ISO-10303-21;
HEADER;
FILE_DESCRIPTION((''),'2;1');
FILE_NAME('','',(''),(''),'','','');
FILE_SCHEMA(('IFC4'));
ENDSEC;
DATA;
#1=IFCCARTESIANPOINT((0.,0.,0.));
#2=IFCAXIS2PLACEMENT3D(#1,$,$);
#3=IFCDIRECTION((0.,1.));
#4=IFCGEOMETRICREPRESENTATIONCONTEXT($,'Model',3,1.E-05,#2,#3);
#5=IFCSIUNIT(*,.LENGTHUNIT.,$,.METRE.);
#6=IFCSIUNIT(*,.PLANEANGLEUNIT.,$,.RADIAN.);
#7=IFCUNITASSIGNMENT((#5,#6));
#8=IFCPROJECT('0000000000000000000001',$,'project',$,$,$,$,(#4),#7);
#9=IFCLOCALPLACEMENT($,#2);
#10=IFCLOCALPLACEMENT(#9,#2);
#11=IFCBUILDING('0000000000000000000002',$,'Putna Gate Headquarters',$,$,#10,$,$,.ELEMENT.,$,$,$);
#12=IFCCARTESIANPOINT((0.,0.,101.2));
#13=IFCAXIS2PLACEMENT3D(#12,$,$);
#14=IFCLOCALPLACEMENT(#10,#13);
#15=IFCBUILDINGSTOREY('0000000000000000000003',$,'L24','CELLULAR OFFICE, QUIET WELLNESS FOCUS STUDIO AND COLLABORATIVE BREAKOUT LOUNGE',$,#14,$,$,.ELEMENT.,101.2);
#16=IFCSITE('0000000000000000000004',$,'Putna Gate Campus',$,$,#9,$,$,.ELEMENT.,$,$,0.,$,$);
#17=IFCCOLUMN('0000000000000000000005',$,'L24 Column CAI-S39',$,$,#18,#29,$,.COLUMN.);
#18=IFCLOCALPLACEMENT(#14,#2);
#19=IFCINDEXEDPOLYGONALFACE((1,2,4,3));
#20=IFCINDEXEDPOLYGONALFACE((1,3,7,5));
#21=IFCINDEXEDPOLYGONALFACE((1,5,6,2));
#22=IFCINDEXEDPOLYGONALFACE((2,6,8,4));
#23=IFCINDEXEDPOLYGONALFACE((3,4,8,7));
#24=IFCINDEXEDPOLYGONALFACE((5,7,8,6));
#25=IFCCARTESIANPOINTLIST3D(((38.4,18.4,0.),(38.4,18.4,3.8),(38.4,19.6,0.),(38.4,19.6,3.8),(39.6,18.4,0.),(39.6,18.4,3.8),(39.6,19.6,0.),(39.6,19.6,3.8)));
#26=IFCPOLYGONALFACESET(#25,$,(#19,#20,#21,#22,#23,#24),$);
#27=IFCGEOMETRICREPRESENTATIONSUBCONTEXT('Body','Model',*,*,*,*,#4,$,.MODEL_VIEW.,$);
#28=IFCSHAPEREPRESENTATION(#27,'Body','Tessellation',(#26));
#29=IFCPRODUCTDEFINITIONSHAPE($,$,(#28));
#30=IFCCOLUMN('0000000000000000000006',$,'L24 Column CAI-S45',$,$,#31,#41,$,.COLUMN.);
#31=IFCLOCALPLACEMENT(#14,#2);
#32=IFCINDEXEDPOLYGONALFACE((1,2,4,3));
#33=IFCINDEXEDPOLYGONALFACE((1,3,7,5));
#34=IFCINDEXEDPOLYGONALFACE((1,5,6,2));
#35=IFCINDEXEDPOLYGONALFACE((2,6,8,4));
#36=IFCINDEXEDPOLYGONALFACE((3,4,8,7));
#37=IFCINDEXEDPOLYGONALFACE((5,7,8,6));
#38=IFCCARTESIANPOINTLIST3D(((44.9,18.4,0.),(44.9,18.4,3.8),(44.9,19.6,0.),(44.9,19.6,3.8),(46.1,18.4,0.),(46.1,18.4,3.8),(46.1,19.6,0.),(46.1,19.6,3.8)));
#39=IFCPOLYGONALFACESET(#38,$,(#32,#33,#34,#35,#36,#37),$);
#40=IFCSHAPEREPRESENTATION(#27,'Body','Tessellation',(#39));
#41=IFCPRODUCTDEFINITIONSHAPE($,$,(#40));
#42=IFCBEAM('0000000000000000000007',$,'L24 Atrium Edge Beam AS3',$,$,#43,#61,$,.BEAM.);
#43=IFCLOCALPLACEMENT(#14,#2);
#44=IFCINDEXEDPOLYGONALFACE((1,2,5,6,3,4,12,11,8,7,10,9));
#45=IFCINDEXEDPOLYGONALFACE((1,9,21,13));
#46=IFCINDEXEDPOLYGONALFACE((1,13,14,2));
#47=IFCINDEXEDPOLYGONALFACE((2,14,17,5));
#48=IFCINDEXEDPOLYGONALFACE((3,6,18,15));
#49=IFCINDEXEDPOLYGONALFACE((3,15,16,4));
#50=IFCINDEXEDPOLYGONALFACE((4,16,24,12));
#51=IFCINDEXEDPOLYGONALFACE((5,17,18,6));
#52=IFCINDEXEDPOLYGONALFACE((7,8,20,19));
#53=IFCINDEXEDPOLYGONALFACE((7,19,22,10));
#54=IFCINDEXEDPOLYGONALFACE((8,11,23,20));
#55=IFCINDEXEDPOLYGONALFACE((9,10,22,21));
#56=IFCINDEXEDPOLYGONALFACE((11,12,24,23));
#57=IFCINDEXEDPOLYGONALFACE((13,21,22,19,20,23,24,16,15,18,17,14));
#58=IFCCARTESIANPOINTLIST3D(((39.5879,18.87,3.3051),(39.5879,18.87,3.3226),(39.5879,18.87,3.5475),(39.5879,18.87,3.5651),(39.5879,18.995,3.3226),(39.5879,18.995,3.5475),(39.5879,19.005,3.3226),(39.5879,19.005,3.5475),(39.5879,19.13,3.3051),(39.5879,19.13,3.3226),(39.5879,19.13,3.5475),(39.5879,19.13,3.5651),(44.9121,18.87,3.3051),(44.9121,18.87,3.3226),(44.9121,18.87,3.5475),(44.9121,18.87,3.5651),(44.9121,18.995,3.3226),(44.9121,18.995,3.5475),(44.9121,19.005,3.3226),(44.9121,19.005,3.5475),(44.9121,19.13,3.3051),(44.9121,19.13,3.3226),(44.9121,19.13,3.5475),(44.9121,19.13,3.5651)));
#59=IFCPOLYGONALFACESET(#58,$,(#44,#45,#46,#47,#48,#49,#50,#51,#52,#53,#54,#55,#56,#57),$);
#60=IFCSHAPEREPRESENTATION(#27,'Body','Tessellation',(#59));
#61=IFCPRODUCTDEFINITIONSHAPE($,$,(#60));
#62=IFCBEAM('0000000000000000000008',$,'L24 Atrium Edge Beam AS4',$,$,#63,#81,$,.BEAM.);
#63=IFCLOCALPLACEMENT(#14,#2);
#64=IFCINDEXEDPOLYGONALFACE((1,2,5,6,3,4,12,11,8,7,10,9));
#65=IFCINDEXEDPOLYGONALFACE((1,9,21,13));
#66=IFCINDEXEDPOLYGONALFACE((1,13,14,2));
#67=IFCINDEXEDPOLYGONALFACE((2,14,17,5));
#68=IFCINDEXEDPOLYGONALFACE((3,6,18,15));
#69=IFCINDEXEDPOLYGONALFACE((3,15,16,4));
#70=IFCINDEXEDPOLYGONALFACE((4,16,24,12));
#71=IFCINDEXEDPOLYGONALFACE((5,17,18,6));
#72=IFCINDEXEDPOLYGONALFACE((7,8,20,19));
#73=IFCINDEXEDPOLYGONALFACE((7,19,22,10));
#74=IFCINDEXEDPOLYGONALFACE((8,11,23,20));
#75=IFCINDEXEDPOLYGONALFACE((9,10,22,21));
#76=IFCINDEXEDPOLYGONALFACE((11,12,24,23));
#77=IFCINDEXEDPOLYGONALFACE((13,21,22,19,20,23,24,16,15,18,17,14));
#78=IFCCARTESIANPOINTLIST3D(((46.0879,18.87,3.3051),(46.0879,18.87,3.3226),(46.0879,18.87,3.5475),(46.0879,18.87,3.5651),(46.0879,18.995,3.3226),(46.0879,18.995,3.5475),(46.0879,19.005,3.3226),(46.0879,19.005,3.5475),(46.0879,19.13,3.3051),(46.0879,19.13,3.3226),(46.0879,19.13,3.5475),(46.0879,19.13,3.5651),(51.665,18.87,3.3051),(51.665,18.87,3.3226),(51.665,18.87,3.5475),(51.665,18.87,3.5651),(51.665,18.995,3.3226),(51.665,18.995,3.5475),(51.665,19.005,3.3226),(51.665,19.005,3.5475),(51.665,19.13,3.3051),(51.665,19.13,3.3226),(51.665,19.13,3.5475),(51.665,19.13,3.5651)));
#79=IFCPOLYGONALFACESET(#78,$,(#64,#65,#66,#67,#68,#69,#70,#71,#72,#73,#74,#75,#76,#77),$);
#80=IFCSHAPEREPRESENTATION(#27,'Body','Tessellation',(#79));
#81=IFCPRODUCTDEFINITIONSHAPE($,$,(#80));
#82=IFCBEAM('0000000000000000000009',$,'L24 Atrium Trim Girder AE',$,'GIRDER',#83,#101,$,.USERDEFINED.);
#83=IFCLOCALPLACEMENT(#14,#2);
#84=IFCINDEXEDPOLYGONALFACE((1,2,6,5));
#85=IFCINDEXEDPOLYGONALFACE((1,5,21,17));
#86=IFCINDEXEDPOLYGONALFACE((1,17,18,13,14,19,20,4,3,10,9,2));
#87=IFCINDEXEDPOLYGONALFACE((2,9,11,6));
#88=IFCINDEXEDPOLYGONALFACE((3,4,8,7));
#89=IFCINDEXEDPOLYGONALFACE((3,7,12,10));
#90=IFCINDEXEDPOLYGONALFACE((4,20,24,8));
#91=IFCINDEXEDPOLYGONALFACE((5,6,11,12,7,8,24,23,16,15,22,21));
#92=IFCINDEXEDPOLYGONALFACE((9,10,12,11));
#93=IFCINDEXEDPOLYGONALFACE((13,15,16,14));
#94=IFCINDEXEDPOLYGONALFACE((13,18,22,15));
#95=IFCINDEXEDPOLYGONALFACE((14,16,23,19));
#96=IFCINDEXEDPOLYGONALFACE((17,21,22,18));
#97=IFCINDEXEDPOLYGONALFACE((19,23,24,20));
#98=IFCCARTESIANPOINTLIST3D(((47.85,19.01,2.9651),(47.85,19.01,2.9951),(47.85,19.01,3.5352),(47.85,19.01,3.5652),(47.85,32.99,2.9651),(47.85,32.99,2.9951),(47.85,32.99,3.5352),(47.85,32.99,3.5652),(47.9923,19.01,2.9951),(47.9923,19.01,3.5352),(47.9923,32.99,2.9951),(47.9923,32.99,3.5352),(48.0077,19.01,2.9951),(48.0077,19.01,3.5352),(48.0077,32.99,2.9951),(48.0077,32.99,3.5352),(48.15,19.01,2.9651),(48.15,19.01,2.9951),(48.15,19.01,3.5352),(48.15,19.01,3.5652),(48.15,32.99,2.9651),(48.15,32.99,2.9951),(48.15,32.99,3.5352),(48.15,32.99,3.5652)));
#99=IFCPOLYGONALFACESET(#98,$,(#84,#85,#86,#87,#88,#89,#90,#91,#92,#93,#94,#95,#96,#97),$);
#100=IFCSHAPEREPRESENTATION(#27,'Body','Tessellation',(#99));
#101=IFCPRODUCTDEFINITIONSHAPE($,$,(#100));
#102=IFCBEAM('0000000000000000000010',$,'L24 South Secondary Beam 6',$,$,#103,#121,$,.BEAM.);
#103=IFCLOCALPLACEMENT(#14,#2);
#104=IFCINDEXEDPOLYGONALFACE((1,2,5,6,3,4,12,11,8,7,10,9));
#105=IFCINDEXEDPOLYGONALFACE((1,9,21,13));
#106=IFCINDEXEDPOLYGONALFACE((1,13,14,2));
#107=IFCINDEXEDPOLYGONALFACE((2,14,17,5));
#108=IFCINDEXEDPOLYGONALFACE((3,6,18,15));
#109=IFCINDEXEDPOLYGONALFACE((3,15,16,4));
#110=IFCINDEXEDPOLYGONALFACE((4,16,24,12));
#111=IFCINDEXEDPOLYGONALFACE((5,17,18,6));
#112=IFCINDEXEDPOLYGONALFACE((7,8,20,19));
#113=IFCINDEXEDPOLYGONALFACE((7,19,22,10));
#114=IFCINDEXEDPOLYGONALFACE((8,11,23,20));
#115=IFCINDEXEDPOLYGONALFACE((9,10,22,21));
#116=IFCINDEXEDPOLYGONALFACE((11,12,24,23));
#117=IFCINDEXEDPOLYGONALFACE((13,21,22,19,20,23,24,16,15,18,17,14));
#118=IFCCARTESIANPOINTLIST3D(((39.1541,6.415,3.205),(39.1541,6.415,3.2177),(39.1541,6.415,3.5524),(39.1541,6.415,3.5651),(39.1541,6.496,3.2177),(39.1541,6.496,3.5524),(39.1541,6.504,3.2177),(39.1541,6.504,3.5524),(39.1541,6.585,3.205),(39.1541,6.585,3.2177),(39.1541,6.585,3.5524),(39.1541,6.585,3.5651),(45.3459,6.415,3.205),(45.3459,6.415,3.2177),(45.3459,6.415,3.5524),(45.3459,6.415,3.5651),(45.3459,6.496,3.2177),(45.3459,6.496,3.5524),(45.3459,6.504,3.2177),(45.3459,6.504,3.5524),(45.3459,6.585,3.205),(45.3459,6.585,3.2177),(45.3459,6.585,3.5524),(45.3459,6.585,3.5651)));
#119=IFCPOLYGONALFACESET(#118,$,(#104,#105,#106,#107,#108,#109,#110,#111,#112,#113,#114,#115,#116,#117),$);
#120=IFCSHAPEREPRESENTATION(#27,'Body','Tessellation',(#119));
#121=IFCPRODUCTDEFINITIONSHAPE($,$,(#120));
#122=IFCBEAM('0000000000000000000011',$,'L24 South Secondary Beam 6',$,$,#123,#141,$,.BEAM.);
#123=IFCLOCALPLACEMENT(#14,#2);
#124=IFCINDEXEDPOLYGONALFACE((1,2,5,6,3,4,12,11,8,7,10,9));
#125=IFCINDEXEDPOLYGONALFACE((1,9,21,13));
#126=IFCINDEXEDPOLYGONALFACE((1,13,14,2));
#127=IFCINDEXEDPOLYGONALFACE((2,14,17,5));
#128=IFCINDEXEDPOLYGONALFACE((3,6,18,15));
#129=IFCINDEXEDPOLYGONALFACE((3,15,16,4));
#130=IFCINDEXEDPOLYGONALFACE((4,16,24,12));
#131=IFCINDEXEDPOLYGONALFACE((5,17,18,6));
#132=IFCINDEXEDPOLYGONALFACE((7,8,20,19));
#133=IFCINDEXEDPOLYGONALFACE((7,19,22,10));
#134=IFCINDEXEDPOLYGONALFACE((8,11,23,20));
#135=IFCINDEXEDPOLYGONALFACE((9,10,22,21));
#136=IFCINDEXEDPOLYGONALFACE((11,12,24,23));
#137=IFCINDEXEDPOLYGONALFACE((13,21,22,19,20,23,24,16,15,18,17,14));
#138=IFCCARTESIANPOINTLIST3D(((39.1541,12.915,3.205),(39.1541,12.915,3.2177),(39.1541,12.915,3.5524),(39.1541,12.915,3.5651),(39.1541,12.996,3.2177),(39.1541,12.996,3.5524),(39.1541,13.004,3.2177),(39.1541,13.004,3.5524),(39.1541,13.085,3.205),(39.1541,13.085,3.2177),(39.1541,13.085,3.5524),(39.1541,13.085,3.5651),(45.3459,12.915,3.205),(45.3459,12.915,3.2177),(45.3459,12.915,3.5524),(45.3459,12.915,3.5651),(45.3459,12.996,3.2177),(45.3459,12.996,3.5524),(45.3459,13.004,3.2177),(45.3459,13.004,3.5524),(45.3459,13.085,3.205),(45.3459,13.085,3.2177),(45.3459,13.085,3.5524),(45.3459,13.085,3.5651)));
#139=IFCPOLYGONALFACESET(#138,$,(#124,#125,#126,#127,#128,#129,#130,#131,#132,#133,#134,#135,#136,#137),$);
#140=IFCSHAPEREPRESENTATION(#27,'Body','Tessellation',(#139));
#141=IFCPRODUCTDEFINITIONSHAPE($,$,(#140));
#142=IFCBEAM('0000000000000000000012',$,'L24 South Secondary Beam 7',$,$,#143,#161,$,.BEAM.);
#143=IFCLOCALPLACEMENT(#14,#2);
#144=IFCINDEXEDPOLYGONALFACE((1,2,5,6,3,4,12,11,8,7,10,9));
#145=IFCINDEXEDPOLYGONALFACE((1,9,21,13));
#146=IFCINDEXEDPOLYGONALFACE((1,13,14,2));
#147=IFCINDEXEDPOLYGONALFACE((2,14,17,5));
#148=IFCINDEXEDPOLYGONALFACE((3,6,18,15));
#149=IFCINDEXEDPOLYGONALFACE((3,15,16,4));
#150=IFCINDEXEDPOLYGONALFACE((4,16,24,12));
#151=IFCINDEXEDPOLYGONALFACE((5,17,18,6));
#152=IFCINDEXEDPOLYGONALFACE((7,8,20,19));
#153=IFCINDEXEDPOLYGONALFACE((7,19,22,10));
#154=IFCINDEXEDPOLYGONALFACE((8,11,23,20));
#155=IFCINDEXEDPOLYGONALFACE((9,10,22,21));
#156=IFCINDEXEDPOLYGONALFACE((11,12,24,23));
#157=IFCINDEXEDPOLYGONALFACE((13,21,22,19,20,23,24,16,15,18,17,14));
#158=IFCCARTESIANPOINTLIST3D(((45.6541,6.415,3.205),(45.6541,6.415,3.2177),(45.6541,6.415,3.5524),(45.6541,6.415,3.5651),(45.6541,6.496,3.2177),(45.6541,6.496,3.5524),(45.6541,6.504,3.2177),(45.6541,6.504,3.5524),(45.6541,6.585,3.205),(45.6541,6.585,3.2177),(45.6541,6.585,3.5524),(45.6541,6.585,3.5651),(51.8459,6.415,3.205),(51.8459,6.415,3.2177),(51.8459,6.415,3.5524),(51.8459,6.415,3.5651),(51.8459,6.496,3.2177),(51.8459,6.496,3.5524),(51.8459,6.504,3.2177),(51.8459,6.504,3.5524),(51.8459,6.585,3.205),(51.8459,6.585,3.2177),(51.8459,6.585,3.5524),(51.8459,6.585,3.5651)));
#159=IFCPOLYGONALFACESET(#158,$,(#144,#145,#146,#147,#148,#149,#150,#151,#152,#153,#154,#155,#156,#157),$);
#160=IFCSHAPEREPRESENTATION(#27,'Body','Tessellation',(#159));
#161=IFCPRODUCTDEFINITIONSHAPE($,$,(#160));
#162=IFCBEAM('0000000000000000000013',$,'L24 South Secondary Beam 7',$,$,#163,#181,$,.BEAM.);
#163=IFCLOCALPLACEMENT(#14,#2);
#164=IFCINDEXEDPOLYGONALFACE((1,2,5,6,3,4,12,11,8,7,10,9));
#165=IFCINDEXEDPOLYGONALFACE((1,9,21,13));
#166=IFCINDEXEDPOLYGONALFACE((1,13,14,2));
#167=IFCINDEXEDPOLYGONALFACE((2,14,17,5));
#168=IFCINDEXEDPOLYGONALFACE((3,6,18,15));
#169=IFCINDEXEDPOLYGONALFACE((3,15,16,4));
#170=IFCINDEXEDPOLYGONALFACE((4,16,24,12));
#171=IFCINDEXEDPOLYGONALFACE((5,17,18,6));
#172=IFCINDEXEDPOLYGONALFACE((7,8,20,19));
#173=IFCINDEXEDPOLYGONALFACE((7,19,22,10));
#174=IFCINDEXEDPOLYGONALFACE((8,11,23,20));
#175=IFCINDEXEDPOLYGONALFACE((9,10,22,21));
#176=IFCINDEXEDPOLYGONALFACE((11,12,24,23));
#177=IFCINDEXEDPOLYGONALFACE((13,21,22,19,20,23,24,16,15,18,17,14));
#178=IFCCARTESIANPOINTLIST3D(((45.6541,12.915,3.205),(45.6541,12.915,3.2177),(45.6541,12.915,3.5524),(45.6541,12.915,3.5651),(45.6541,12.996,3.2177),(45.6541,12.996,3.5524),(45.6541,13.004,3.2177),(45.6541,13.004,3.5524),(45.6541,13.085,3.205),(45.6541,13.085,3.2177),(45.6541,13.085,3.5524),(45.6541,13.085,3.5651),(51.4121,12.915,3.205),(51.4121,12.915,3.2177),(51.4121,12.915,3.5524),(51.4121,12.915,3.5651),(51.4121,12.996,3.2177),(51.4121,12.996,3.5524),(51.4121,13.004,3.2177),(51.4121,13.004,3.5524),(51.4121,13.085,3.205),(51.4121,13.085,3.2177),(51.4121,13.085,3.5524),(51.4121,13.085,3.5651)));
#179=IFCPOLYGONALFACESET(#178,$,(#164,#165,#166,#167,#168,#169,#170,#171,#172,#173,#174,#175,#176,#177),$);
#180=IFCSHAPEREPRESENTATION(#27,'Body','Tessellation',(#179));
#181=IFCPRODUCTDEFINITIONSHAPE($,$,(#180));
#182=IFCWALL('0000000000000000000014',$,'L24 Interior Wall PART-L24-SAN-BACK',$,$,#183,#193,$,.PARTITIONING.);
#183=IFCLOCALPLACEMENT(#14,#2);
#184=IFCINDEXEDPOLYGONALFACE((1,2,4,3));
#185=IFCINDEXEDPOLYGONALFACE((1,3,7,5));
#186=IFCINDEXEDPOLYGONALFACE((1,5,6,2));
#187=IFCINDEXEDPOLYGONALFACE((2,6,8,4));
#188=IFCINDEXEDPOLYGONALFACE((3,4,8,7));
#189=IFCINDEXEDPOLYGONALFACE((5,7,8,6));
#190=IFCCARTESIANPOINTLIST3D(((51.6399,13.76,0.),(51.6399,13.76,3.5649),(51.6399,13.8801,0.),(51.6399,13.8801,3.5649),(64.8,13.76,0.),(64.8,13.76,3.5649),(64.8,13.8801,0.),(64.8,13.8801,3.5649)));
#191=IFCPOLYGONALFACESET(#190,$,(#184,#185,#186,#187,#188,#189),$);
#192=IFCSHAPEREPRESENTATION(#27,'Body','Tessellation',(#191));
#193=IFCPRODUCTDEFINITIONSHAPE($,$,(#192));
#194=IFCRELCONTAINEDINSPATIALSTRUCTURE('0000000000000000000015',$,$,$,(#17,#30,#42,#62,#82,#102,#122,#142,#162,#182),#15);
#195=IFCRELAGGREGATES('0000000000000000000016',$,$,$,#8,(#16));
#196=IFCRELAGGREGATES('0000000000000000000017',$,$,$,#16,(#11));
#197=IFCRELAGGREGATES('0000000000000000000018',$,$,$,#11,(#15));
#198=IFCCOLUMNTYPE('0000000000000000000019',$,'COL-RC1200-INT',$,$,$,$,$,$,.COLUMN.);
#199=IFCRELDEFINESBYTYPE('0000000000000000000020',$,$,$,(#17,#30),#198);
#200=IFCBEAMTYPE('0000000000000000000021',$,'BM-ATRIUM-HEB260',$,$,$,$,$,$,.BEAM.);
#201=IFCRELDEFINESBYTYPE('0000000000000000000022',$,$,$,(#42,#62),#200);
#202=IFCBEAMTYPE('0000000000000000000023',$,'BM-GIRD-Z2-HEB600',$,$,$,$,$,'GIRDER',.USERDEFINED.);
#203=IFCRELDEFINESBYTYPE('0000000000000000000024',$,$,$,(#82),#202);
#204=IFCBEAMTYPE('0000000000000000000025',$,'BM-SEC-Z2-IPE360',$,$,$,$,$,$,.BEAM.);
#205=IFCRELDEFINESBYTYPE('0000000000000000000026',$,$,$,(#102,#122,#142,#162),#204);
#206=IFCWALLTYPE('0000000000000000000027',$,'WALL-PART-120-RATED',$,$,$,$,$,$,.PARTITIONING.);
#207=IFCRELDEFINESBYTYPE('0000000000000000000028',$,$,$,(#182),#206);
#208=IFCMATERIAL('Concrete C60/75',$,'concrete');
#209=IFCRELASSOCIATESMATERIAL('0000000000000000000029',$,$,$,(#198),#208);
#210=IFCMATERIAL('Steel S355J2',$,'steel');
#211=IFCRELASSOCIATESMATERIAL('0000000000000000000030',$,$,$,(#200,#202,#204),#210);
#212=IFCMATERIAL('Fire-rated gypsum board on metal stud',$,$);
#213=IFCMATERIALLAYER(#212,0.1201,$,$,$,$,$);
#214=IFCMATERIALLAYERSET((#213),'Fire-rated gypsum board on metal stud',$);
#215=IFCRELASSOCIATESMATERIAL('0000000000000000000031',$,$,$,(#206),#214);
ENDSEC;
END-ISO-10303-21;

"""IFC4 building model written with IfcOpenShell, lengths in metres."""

from ifc_helpers import new_model, si_unit, direction, frame, frame_2d, origin, origin_2d, place, context, subcontext, project, spatial, rectangle, i_section, extrude, material, layer, layer_set, material_profile, profile_set, type_object, element, save


model = new_model("IFC4")

# Units and contexts
model_context = context("Model", 3, precision=1e-05, world=origin(), true_north=direction((0.0, 1.0)))
body_context = subcontext(model_context, "Body", "Model", "MODEL_VIEW")
ifc_project = project(units=[si_unit("LENGTHUNIT", "METRE"), si_unit("PLANEANGLEUNIT", "RADIAN")], contexts=[model_context])

# Site, building, storey
site_placement = place(None, origin())
site = spatial("IfcSite", under=ifc_project, at=site_placement, Name="Putna Gate Campus", CompositionType="ELEMENT", RefElevation=0.0)
building_placement = place(site_placement, origin())
building = spatial("IfcBuilding", under=site, at=building_placement, Name="Putna Gate Headquarters", CompositionType="ELEMENT")
storey_placement = place(building_placement, frame((0.0, 0.0, 101.2)))
storey = spatial("IfcBuildingStorey", under=building, at=storey_placement, Name="L24", Description="CELLULAR OFFICE, QUIET WELLNESS FOCUS STUDIO AND COLLABORATIVE BREAKOUT LOUNGE", CompositionType="ELEMENT", Elevation=101.2)

# Columns
ifc_material_1 = material(Name="Concrete C60/75", Category="concrete")
ifc_material_profile_1 = material_profile(ifc_material_1, rectangle(XDim=1.2, YDim=1.2, at=origin_2d()), Name="Concrete C60/75")
ifc_profile_set_1 = profile_set([ifc_material_profile_1], Name="Concrete C60/75")
column_type = type_object("IfcColumnType", Name="COL-RC1200-INT", PredefinedType="COLUMN", material=ifc_profile_set_1)
for number, where, z_axis, x_axis, name in (
    (1, (39.0, 19.0, 0.0), (0.0, 0.0, 1.0), (1.0, 0.0, 0.0), "L24 Column CAI-S39"),
    (2, (45.5, 19.0, 0.0), (0.0, 0.0, 1.0), (1.0, 0.0, 0.0), "L24 Column CAI-S45"),
):
    element("IfcColumn", number, at=place(storey_placement, frame(where, z_axis=z_axis, x_axis=x_axis)), inside=storey, type_object=column_type, Name=name, PredefinedType="COLUMN", context=body_context, shape_type="SweptSolid", body=[
        extrude(rectangle(XDim=1.2, YDim=1.2, at=origin_2d()), origin(), (0.0, 0.0, 1.0), 3.8),
    ])

# Beams
ifc_material_2 = material(Name="Steel S355J2", Category="steel")
ifc_material_profile_2 = material_profile(ifc_material_2, i_section(OverallWidth=0.26, OverallDepth=0.26, WebThickness=0.01, FlangeThickness=0.0176, at=origin_2d()), Name="Steel S355J2")
ifc_profile_set_2 = profile_set([ifc_material_profile_2], Name="Steel S355J2")
beam_type_1 = type_object("IfcBeamType", Name="BM-ATRIUM-HEB260", PredefinedType="BEAM", material=ifc_profile_set_2)
beam_1_placement = place(storey_placement, frame((39.5879, 19.0, 3.4351), z_axis=(1.0, 0.0, 0.0), x_axis=(0.0, 1.0, 0.0)))
element("IfcBeam", 3, at=beam_1_placement, inside=storey, type_object=beam_type_1, Name="L24 Atrium Edge Beam AS3", PredefinedType="BEAM", context=body_context, shape_type="SweptSolid", body=[
    extrude(i_section(OverallWidth=0.26, OverallDepth=0.26, WebThickness=0.01, FlangeThickness=0.0176, at=origin_2d()), origin(), (0.0, 0.0, 1.0), 5.3242),
])
beam_2_placement = place(storey_placement, frame((46.0879, 19.0, 3.4351), z_axis=(1.0, 0.0, 0.0), x_axis=(0.0, 1.0, 0.0)))
element("IfcBeam", 4, at=beam_2_placement, inside=storey, type_object=beam_type_1, Name="L24 Atrium Edge Beam AS4", PredefinedType="BEAM", context=body_context, shape_type="SweptSolid", body=[
    extrude(i_section(OverallWidth=0.26, OverallDepth=0.26, WebThickness=0.01, FlangeThickness=0.0176, at=origin_2d()), origin(), (0.0, 0.0, 1.0), 5.5771),
])
ifc_material_profile_3 = material_profile(ifc_material_2, i_section(OverallWidth=0.3, OverallDepth=0.6001, WebThickness=0.0154, FlangeThickness=0.03, at=origin_2d()), Name="Steel S355J2")
ifc_profile_set_3 = profile_set([ifc_material_profile_3], Name="Steel S355J2")
beam_type_2 = type_object("IfcBeamType", Name="BM-GIRD-Z2-HEB600", ElementType="GIRDER", PredefinedType="USERDEFINED", material=ifc_profile_set_3)
beam_3_placement = place(storey_placement, frame((48.0, 19.01, 3.2651), z_axis=(0.0, 1.0, 0.0), x_axis=(-1.0, 0.0, 0.0)))
element("IfcBeam", 5, at=beam_3_placement, inside=storey, type_object=beam_type_2, Name="L24 Atrium Trim Girder AE", ObjectType="GIRDER", PredefinedType="USERDEFINED", context=body_context, shape_type="SweptSolid", body=[
    extrude(i_section(OverallWidth=0.3, OverallDepth=0.6001, WebThickness=0.0154, FlangeThickness=0.03, at=origin_2d()), origin(), (0.0, 0.0, 1.0), 13.98),
])
ifc_material_profile_4 = material_profile(ifc_material_2, i_section(OverallWidth=0.1699, OverallDepth=0.3601, WebThickness=0.0081, FlangeThickness=0.0127, at=origin_2d()), Name="Steel S355J2")
ifc_profile_set_4 = profile_set([ifc_material_profile_4], Name="Steel S355J2")
beam_type_3 = type_object("IfcBeamType", Name="BM-SEC-Z2-IPE360", PredefinedType="BEAM", material=ifc_profile_set_4)
for number, where, z_axis, x_axis, name in (
    (6, (39.1541, 6.5, 3.385), (1.0, 0.0, 0.0), (0.0, 1.0, 0.0), "L24 South Secondary Beam 6"),
    (7, (39.1541, 13.0, 3.385), (1.0, 0.0, 0.0), (0.0, 1.0, 0.0), "L24 South Secondary Beam 6"),
    (8, (45.6541, 6.5, 3.385), (1.0, 0.0, 0.0), (0.0, 1.0, 0.0), "L24 South Secondary Beam 7"),
):
    element("IfcBeam", number, at=place(storey_placement, frame(where, z_axis=z_axis, x_axis=x_axis)), inside=storey, type_object=beam_type_3, Name=name, PredefinedType="BEAM", context=body_context, shape_type="SweptSolid", body=[
        extrude(i_section(OverallWidth=0.1699, OverallDepth=0.3601, WebThickness=0.0081, FlangeThickness=0.0127, at=origin_2d()), origin(), (0.0, 0.0, 1.0), 6.1919),
    ])
beam_4_placement = place(storey_placement, frame((45.6541, 13.0, 3.385), z_axis=(1.0, 0.0, 0.0), x_axis=(0.0, 1.0, 0.0)))
element("IfcBeam", 9, at=beam_4_placement, inside=storey, type_object=beam_type_3, Name="L24 South Secondary Beam 7", PredefinedType="BEAM", context=body_context, shape_type="SweptSolid", body=[
    extrude(i_section(OverallWidth=0.1699, OverallDepth=0.3601, WebThickness=0.0081, FlangeThickness=0.0127, at=origin_2d()), origin(), (0.0, 0.0, 1.0), 5.7581),
])

# Wall
ifc_material_3 = material(Name="Fire-rated gypsum board on metal stud")
ifc_layer = layer(ifc_material_3, 0.1201)
ifc_layer_set = layer_set([ifc_layer], Name="Fire-rated gypsum board on metal stud")
wall_type = type_object("IfcWallType", Name="WALL-PART-120-RATED", PredefinedType="PARTITIONING", material=ifc_layer_set)
wall_1_placement = place(storey_placement, frame((51.6399, 13.8201, 0.0), z_axis=(0.0, 0.0, 1.0), x_axis=(1.0, 0.0, 0.0)))
element("IfcWall", 10, at=wall_1_placement, inside=storey, type_object=wall_type, Name="L24 Interior Wall PART-L24-SAN-BACK", PredefinedType="PARTITIONING", context=body_context, shape_type="SweptSolid", body=[
    extrude(rectangle(XDim=13.1602, YDim=0.1201, at=frame_2d((6.5801, 0.0))), origin(), (0.0, 0.0, 1.0), 3.5649),
])

save(model, "model.ifc")
